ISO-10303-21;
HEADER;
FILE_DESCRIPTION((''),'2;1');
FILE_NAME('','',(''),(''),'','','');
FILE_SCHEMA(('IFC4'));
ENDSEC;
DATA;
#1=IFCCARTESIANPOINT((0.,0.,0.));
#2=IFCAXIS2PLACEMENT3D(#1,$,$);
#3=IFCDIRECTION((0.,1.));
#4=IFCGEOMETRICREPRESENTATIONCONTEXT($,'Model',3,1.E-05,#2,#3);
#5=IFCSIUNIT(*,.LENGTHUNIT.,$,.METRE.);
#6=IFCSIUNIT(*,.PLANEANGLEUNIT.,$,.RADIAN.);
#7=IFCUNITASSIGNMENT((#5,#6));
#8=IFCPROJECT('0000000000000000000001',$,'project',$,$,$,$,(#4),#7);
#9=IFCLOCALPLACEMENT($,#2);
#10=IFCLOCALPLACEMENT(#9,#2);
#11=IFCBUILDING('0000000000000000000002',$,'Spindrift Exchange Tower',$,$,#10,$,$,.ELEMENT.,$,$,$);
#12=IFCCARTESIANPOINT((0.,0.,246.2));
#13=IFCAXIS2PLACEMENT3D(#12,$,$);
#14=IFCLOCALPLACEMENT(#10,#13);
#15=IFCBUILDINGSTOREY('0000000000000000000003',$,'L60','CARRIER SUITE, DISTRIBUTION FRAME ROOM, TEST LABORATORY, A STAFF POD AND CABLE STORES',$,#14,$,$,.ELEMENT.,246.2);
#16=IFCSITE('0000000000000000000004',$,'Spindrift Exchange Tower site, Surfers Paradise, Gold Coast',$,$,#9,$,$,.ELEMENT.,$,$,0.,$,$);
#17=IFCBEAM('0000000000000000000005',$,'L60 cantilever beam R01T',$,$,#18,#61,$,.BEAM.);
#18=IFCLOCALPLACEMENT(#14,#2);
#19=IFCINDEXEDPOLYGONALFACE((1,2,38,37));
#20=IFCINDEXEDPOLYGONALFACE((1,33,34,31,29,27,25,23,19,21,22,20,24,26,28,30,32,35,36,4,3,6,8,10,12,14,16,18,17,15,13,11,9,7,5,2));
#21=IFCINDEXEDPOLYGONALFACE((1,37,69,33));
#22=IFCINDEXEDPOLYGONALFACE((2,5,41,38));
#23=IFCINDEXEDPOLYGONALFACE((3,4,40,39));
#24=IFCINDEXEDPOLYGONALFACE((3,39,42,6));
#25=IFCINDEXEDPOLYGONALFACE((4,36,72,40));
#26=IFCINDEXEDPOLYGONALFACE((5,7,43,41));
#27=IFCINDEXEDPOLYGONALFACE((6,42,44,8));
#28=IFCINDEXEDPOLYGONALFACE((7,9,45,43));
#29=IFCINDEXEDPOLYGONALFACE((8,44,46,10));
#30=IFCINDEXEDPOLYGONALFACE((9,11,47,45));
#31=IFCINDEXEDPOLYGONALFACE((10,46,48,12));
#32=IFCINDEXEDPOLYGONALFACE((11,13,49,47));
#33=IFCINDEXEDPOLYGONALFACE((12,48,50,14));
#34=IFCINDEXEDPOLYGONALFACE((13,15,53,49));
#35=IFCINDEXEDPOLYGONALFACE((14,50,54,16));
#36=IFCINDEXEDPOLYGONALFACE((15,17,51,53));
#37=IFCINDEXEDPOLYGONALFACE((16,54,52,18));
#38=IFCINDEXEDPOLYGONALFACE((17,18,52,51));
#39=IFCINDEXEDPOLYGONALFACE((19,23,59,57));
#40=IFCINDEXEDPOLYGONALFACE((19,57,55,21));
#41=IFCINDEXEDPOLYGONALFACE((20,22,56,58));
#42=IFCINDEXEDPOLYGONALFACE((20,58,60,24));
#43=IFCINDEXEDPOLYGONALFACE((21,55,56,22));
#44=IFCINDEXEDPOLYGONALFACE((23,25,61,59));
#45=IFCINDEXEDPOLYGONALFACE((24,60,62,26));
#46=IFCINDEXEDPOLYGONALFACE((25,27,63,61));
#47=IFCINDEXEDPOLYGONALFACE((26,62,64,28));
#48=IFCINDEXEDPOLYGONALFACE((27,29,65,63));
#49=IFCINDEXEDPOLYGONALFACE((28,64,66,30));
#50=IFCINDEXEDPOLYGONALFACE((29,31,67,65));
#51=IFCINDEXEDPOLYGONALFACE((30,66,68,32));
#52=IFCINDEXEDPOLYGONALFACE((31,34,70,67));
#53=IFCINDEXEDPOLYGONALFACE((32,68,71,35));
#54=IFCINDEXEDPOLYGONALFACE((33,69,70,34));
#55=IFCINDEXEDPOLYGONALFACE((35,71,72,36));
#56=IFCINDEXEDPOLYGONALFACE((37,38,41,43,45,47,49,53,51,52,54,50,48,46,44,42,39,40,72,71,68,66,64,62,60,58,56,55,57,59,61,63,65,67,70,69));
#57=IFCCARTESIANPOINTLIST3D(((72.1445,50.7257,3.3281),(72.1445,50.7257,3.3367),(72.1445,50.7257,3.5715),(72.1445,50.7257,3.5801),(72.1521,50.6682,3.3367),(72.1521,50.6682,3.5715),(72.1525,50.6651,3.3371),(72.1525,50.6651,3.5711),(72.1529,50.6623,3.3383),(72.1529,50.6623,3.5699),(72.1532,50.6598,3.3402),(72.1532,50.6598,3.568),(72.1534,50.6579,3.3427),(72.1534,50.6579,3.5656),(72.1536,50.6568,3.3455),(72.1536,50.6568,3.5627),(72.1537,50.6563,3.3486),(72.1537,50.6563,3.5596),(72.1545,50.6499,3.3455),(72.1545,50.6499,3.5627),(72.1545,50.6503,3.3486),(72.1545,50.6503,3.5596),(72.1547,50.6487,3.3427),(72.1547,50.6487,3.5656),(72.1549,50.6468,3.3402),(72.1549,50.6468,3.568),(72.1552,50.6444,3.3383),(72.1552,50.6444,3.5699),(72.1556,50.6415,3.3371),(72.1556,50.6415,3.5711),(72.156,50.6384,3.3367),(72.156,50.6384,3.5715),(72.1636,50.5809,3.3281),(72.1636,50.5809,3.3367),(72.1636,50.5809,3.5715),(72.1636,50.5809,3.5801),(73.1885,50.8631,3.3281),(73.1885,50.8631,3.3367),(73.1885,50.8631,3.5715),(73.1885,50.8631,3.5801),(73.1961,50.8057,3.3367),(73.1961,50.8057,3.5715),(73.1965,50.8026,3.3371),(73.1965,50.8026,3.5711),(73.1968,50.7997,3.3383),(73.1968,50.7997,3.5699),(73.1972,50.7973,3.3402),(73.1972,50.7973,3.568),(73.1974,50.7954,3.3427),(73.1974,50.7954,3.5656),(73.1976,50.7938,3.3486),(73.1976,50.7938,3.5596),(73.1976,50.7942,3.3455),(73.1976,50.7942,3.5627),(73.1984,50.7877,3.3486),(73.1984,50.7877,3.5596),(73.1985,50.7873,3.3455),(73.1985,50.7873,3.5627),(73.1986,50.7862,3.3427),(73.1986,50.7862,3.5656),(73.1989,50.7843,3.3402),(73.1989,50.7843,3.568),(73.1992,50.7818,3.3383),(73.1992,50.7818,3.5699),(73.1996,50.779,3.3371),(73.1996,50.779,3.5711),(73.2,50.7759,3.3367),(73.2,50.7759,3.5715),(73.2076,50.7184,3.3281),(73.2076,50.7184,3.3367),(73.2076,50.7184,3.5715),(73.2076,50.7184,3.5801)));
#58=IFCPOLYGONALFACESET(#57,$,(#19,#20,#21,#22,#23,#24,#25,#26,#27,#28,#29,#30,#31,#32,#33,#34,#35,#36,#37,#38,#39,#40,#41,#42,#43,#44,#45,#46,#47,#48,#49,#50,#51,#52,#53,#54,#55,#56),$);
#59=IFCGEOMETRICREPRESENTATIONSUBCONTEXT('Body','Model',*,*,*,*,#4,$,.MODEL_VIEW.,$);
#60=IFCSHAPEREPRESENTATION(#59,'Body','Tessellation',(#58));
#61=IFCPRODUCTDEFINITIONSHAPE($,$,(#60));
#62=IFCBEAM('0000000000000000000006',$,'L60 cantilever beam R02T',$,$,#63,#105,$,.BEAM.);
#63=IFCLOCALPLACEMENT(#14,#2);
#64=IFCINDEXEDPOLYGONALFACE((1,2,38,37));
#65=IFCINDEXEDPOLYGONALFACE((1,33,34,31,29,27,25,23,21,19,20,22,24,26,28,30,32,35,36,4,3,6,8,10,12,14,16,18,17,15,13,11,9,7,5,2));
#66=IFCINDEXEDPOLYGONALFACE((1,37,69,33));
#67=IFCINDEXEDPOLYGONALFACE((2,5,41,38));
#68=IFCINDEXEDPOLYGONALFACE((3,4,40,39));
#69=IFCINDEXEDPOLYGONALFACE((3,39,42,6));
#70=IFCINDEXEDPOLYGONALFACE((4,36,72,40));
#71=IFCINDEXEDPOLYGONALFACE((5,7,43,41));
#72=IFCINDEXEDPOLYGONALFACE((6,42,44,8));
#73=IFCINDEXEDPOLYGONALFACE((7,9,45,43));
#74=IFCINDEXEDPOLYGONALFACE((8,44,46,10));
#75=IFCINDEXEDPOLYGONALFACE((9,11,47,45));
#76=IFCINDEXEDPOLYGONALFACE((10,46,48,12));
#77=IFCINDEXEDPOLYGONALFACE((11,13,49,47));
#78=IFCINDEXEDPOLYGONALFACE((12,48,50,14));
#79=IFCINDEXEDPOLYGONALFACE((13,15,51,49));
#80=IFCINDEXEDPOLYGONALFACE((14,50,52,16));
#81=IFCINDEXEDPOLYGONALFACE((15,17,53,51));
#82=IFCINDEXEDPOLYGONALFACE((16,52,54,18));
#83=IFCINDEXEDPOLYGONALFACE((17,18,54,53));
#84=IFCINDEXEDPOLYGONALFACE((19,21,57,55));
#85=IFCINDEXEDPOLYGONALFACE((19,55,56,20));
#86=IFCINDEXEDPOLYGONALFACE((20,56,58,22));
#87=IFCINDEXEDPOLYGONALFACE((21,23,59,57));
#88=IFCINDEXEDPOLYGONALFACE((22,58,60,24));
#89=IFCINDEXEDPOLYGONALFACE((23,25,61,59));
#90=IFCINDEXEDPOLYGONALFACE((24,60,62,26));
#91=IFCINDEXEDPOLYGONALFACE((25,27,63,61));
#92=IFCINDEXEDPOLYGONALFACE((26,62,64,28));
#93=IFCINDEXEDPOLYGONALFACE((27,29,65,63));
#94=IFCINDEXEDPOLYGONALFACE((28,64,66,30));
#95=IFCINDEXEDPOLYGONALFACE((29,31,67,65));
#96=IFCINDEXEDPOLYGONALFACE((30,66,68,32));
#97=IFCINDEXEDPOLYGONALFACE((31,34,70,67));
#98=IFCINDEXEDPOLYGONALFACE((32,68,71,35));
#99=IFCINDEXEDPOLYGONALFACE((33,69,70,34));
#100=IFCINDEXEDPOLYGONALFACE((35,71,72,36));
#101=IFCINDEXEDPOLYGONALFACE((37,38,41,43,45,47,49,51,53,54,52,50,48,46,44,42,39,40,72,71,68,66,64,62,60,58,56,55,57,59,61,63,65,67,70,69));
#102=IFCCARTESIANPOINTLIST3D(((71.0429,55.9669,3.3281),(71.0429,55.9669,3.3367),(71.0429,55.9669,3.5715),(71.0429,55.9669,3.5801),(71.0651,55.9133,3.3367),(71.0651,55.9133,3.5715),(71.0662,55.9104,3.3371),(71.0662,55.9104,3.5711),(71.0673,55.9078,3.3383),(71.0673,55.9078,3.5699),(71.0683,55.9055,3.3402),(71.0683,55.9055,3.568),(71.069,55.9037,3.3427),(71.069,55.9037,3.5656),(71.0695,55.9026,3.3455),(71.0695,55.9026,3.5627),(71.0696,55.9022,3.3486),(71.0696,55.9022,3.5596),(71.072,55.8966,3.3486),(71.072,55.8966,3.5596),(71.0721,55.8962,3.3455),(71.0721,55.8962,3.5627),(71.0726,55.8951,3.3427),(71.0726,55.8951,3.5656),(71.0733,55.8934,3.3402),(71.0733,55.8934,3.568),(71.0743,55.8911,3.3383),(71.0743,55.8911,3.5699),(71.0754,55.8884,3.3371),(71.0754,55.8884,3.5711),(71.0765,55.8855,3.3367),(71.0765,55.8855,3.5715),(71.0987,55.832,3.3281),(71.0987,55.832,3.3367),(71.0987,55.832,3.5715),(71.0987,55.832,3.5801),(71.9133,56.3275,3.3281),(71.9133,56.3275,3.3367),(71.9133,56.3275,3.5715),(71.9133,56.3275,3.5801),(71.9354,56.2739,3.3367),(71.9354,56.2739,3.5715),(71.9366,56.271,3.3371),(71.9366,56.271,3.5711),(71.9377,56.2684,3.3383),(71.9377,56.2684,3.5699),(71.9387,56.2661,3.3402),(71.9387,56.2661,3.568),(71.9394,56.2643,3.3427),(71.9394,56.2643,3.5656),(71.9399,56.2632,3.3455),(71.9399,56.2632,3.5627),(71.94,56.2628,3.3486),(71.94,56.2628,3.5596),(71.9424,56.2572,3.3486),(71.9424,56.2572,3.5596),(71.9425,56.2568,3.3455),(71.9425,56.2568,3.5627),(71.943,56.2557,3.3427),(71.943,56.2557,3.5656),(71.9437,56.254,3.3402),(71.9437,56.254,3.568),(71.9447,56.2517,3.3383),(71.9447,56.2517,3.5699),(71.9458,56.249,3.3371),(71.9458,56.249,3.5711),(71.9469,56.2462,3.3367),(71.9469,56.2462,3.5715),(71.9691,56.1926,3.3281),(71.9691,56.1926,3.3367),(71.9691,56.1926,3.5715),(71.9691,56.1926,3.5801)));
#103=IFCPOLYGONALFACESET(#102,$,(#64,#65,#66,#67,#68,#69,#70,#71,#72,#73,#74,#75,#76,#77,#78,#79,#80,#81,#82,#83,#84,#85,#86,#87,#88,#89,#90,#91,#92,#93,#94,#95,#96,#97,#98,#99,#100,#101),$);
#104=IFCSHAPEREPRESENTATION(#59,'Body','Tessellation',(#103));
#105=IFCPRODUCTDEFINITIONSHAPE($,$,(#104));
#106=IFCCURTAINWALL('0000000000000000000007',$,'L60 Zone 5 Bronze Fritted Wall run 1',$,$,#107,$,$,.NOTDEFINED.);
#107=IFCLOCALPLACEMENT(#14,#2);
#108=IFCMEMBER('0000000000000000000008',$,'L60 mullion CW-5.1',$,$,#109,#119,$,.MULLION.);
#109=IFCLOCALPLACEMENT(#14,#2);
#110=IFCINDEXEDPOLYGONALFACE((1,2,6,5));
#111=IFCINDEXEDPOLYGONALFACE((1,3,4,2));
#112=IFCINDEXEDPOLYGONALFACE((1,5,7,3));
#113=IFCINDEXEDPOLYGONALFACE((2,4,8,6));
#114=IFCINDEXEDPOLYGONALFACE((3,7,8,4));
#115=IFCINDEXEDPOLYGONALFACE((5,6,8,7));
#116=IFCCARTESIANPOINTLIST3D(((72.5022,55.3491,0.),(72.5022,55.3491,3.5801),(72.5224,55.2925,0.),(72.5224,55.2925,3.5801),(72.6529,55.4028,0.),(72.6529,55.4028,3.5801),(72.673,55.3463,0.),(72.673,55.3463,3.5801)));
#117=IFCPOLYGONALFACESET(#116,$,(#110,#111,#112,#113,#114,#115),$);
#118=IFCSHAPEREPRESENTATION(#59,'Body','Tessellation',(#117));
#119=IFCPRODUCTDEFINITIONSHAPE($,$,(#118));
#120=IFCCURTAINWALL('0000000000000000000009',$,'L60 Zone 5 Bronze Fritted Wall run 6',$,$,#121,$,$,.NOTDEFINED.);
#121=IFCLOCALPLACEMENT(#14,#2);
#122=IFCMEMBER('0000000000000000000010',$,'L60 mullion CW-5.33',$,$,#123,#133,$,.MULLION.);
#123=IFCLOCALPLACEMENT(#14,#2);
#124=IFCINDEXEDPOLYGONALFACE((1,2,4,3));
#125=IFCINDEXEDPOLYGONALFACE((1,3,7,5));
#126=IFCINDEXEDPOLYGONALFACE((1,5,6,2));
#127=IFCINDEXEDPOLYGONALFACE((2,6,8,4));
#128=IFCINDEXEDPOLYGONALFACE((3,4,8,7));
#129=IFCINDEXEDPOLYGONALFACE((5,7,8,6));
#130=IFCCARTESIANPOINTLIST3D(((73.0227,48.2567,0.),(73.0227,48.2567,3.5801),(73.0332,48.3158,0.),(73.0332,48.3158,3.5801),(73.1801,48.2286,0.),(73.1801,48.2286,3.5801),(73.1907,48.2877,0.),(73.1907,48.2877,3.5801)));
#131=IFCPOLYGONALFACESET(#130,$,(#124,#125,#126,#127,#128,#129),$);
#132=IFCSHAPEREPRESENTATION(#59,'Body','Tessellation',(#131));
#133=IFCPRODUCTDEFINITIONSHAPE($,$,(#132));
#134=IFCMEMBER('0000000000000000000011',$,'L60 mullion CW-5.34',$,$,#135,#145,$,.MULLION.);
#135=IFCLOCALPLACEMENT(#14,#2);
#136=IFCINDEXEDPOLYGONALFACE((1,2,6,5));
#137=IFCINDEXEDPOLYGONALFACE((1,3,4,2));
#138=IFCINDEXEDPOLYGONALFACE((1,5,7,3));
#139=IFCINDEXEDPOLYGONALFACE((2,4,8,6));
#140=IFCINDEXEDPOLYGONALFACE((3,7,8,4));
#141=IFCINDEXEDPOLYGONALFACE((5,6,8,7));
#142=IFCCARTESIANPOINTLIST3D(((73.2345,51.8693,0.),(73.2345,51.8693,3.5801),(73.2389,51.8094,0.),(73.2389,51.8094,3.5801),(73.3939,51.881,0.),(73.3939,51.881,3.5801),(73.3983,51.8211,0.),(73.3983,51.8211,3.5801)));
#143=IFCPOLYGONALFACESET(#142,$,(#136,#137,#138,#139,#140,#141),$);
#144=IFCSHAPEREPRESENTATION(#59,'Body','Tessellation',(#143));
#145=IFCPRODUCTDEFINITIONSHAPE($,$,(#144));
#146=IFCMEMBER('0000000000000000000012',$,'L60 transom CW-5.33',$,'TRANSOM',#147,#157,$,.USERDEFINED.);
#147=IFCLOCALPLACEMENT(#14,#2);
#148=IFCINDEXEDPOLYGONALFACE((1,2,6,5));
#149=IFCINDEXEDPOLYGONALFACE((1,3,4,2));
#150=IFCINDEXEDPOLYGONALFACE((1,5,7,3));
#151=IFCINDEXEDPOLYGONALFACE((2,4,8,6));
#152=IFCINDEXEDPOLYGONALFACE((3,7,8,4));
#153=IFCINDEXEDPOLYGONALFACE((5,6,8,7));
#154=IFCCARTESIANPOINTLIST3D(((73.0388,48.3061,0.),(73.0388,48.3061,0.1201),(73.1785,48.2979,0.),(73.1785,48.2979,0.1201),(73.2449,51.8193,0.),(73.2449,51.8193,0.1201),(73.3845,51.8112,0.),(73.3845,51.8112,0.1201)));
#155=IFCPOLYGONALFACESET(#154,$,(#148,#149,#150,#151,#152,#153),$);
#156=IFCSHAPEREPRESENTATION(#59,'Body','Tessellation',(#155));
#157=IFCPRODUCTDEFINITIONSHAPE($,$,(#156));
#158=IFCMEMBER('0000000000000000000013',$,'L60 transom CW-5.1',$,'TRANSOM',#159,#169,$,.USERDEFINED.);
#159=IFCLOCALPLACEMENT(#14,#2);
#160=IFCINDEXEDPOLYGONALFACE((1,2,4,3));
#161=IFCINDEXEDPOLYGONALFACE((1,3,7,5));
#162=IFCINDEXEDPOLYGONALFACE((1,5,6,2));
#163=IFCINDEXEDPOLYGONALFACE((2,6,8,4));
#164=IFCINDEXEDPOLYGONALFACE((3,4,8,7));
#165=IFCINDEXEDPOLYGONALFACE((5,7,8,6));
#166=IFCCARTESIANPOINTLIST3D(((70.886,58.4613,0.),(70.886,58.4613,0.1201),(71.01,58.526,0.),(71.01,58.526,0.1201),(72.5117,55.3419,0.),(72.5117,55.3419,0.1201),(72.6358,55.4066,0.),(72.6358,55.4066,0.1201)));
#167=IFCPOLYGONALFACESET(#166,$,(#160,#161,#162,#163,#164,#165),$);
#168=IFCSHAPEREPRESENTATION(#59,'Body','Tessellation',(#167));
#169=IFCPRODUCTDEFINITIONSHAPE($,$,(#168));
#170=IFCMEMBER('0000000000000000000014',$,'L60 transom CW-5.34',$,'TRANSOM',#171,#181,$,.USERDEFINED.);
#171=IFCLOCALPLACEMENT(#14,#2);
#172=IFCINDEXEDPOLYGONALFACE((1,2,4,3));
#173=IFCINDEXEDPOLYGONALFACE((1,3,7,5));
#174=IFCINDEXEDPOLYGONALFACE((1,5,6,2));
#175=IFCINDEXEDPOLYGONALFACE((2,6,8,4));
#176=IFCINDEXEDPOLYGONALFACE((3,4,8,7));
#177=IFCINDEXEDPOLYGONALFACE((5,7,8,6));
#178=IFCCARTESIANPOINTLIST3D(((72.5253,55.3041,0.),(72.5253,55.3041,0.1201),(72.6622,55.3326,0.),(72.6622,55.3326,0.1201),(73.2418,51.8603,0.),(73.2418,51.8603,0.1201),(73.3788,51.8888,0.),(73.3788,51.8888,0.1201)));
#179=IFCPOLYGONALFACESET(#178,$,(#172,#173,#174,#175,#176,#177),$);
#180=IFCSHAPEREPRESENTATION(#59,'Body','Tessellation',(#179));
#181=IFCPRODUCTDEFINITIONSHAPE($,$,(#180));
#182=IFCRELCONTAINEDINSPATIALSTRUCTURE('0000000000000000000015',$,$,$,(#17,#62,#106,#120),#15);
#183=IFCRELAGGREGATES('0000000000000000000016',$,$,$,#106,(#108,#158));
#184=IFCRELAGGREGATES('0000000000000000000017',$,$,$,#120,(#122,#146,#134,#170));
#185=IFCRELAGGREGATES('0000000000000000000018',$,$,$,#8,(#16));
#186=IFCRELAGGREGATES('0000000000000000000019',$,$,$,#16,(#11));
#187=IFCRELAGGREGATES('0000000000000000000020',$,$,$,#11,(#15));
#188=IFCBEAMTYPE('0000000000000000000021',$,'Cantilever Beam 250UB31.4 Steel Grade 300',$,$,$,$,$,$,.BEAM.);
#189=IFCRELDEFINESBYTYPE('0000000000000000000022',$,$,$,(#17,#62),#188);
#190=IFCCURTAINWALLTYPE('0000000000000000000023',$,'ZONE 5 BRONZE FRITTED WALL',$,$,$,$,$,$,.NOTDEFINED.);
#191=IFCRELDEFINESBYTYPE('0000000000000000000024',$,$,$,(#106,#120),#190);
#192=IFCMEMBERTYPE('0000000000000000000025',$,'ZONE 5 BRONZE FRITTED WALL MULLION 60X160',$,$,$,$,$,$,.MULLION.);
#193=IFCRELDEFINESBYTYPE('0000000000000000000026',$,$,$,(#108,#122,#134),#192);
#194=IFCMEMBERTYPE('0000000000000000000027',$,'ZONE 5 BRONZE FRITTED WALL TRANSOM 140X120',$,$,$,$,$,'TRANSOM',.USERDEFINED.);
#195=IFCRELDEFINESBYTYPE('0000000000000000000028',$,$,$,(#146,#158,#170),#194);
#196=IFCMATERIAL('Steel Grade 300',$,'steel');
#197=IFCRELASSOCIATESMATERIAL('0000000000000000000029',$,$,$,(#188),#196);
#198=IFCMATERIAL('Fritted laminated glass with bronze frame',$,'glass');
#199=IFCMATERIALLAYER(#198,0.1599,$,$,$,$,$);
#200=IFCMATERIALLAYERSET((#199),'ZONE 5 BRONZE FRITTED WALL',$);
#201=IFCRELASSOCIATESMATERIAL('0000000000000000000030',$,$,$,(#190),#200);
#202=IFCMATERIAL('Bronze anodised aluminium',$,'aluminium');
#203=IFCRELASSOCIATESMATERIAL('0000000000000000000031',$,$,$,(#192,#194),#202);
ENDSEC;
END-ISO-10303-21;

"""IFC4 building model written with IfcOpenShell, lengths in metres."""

from ifc_helpers import new_model, si_unit, direction, frame, origin, origin_2d, place, context, subcontext, project, spatial, rectangle, i_section, extrude, source, transform, mapped, material, layer, layer_set, material_profile, profile_set, type_object, element, aggregate, save


model = new_model("IFC4")

# Units and contexts
model_context = context("Model", 3, precision=1e-05, world=origin(), true_north=direction((0.0, 1.0)))
body_context = subcontext(model_context, "Body", "Model", "MODEL_VIEW")
ifc_project = project(units=[si_unit("LENGTHUNIT", "METRE"), si_unit("PLANEANGLEUNIT", "RADIAN")], contexts=[model_context])

# Site, building, storey
site_placement = place(None, origin())
site = spatial("IfcSite", under=ifc_project, at=site_placement, Name="Spindrift Exchange Tower site, Surfers Paradise, Gold Coast", CompositionType="ELEMENT", RefElevation=0.0)
building_placement = place(site_placement, origin())
building = spatial("IfcBuilding", under=site, at=building_placement, Name="Spindrift Exchange Tower", CompositionType="ELEMENT")
storey_placement = place(building_placement, frame((0.0, 0.0, 246.2)))
storey = spatial("IfcBuildingStorey", under=building, at=storey_placement, Name="L60", Description="CARRIER SUITE, DISTRIBUTION FRAME ROOM, TEST LABORATORY, A STAFF POD AND CABLE STORES", CompositionType="ELEMENT", Elevation=246.2)

# Beams
ifc_material_1 = material(Name="Steel Grade 300", Category="steel")
ifc_material_profile_1 = material_profile(ifc_material_1, i_section(OverallWidth=0.146, OverallDepth=0.252, WebThickness=0.0061, FlangeThickness=0.0085, FilletRadius=0.012, at=origin_2d()), Name="250UB31.4")
ifc_profile_set_1 = profile_set([ifc_material_profile_1], Name="Steel Grade 300")
beam_type_1 = type_object("IfcBeamType", Name="Cantilever Beam 250UB31.4 Steel Grade 300", PredefinedType="BEAM", material=ifc_profile_set_1)
shared_shape_1 = source(origin(), body_context, "Body", "SweptSolid", [
    extrude(i_section(OverallWidth=0.146, OverallDepth=0.252, WebThickness=0.0061, FlangeThickness=0.0085, FilletRadius=0.012, at=origin_2d()), origin(), (0.0, 0.0, 1.0), 1.053),
])
beam_1_placement = place(storey_placement, frame((72.1541, 50.6533, 3.4541), z_axis=(0.991443, 0.130538, 0.0), x_axis=(-0.130538, 0.991443, 0.0)))
element("IfcBeam", 1, at=beam_1_placement, inside=storey, type_object=beam_type_1, Name="L60 cantilever beam R01T", PredefinedType="BEAM", context=body_context, shape_type="MappedRepresentation", body=[
    mapped(shared_shape_1, transform((0.0, 0.0, 0.0), scale=1.0)),
])
shared_shape_2 = source(origin(), body_context, "Body", "SweptSolid", [
    extrude(i_section(OverallWidth=0.146, OverallDepth=0.252, WebThickness=0.0061, FlangeThickness=0.0085, FilletRadius=0.012, at=origin_2d()), origin(), (0.0, 0.0, 1.0), 0.9421),
])
beam_2_placement = place(storey_placement, frame((71.0708, 55.8994, 3.4541), z_axis=(0.923849, 0.382756, 0.0), x_axis=(-0.382756, 0.923849, 0.0)))
element("IfcBeam", 2, at=beam_2_placement, inside=storey, type_object=beam_type_1, Name="L60 cantilever beam R02T", PredefinedType="BEAM", context=body_context, shape_type="MappedRepresentation", body=[
    mapped(shared_shape_2, transform((0.0, 0.0, 0.0), scale=1.0)),
])

# Curtain wall, member
ifc_material_2 = material(Name="Fritted laminated glass with bronze frame", Category="glass")
ifc_layer_1 = layer(ifc_material_2, 0.1599)
ifc_layer_set_1 = layer_set([ifc_layer_1], Name="ZONE 5 BRONZE FRITTED WALL")
curtain_wall_type = type_object("IfcCurtainWallType", Name="ZONE 5 BRONZE FRITTED WALL", PredefinedType="NOTDEFINED", material=ifc_layer_set_1)
curtain_wall_1_placement = place(storey_placement, origin())
curtain_wall_1 = element("IfcCurtainWall", 3, at=curtain_wall_1_placement, inside=storey, type_object=curtain_wall_type, Name="L60 Zone 5 Bronze Fritted Wall run 1", PredefinedType="NOTDEFINED")
ifc_material_3 = material(Name="Bronze anodised aluminium", Category="aluminium")
ifc_material_profile_2 = material_profile(ifc_material_3, rectangle(XDim=0.0601, YDim=0.1599, at=origin_2d()), Name="ZONE 5 BRONZE FRITTED WALL MULLION 60X160")
ifc_profile_set_2 = profile_set([ifc_material_profile_2], Name="Bronze anodised aluminium")
member_type_1 = type_object("IfcMemberType", Name="ZONE 5 BRONZE FRITTED WALL MULLION 60X160", PredefinedType="MULLION", material=ifc_profile_set_2)
shared_shape_3 = source(origin(), body_context, "Body", "SweptSolid", [
    extrude(rectangle(XDim=0.0601, YDim=0.1599, at=origin_2d()), origin(), (0.0, 0.0, 1.0), 3.5801),
])
member_1_placement = place(storey_placement, frame((72.5876, 55.3477, 0.0), z_axis=(0.0, 0.0, 1.0), x_axis=(-0.336132, 0.941815, 0.0)))
member_1 = element("IfcMember", 4, at=member_1_placement, type_object=member_type_1, Name="L60 mullion CW-5.1", PredefinedType="MULLION", context=body_context, shape_type="MappedRepresentation", body=[
    mapped(shared_shape_3, transform((0.0, 0.0, 0.0), scale=1.0)),
])

# Curtain wall, members
curtain_wall_2_placement = place(storey_placement, origin())
curtain_wall_2 = element("IfcCurtainWall", 5, at=curtain_wall_2_placement, inside=storey, type_object=curtain_wall_type, Name="L60 Zone 5 Bronze Fritted Wall run 6", PredefinedType="NOTDEFINED")
member_2_placement = place(storey_placement, frame((73.1067, 48.2722, 0.0), z_axis=(0.0, 0.0, 1.0), x_axis=(0.175518, 0.984476, 0.0)))
member_2 = element("IfcMember", 6, at=member_2_placement, type_object=member_type_1, Name="L60 mullion CW-5.33", PredefinedType="MULLION", context=body_context, shape_type="MappedRepresentation", body=[
    mapped(shared_shape_3, transform((0.0, 0.0, 0.0), scale=1.0)),
])
member_3_placement = place(storey_placement, frame((73.3164, 51.8452, 0.0), z_axis=(0.0, 0.0, 1.0), x_axis=(-0.073214, 0.997316, 0.0)))
member_3 = element("IfcMember", 7, at=member_3_placement, type_object=member_type_1, Name="L60 mullion CW-5.34", PredefinedType="MULLION", context=body_context, shape_type="MappedRepresentation", body=[
    mapped(shared_shape_3, transform((0.0, 0.0, 0.0), scale=1.0)),
])
ifc_material_profile_3 = material_profile(ifc_material_3, rectangle(XDim=0.1399, YDim=0.1201, at=origin_2d()), Name="ZONE 5 BRONZE FRITTED WALL TRANSOM 140X120")
ifc_profile_set_3 = profile_set([ifc_material_profile_3], Name="Bronze anodised aluminium")
member_type_2 = type_object("IfcMemberType", Name="ZONE 5 BRONZE FRITTED WALL TRANSOM 140X120", ElementType="TRANSOM", PredefinedType="USERDEFINED", material=ifc_profile_set_3)
shared_shape_4 = source(origin(), body_context, "Body", "SweptSolid", [
    extrude(rectangle(XDim=0.1399, YDim=0.1201, at=origin_2d()), origin(), (0.0, 0.0, 1.0), 3.5193),
])
member_4_placement = place(storey_placement, frame((73.1086, 48.302, 0.0601), z_axis=(0.058551, 0.998284, 0.0), x_axis=(-0.998284, 0.058551, 0.0)))
member_4 = element("IfcMember", 8, at=member_4_placement, type_object=member_type_2, Name="L60 transom CW-5.33", ObjectType="TRANSOM", PredefinedType="USERDEFINED", context=body_context, shape_type="MappedRepresentation", body=[
    mapped(shared_shape_4, transform((0.0, 0.0, 0.0), scale=1.0)),
])

# Members
shared_shape_5 = source(origin(), body_context, "Body", "SweptSolid", [
    extrude(rectangle(XDim=0.1399, YDim=0.1201, at=origin_2d()), origin(), (0.0, 0.0, 1.0), 3.5176),
])
member_5_placement = place(storey_placement, frame((72.5737, 55.3743, 0.0601), z_axis=(-0.46217, 0.886791, 0.0), x_axis=(-0.886791, -0.46217, 0.0)))
member_5 = element("IfcMember", 9, at=member_5_placement, type_object=member_type_2, Name="L60 transom CW-5.1", ObjectType="TRANSOM", PredefinedType="USERDEFINED", context=body_context, shape_type="MappedRepresentation", body=[
    mapped(shared_shape_5, transform((0.0, 0.0, 0.0), scale=1.0)),
])
aggregate(curtain_wall_1, [member_1, member_5])
member_6_placement = place(storey_placement, frame((73.3103, 51.8745, 0.0601), z_axis=(-0.203705, 0.979032, 0.0), x_axis=(-0.979032, -0.203705, 0.0)))
member_6 = element("IfcMember", 10, at=member_6_placement, type_object=member_type_2, Name="L60 transom CW-5.34", ObjectType="TRANSOM", PredefinedType="USERDEFINED", context=body_context, shape_type="MappedRepresentation", body=[
    mapped(shared_shape_5, transform((0.0, 0.0, 0.0), scale=1.0)),
])

aggregate(curtain_wall_2, [member_2, member_4, member_3, member_6])

save(model, "model.ifc")
